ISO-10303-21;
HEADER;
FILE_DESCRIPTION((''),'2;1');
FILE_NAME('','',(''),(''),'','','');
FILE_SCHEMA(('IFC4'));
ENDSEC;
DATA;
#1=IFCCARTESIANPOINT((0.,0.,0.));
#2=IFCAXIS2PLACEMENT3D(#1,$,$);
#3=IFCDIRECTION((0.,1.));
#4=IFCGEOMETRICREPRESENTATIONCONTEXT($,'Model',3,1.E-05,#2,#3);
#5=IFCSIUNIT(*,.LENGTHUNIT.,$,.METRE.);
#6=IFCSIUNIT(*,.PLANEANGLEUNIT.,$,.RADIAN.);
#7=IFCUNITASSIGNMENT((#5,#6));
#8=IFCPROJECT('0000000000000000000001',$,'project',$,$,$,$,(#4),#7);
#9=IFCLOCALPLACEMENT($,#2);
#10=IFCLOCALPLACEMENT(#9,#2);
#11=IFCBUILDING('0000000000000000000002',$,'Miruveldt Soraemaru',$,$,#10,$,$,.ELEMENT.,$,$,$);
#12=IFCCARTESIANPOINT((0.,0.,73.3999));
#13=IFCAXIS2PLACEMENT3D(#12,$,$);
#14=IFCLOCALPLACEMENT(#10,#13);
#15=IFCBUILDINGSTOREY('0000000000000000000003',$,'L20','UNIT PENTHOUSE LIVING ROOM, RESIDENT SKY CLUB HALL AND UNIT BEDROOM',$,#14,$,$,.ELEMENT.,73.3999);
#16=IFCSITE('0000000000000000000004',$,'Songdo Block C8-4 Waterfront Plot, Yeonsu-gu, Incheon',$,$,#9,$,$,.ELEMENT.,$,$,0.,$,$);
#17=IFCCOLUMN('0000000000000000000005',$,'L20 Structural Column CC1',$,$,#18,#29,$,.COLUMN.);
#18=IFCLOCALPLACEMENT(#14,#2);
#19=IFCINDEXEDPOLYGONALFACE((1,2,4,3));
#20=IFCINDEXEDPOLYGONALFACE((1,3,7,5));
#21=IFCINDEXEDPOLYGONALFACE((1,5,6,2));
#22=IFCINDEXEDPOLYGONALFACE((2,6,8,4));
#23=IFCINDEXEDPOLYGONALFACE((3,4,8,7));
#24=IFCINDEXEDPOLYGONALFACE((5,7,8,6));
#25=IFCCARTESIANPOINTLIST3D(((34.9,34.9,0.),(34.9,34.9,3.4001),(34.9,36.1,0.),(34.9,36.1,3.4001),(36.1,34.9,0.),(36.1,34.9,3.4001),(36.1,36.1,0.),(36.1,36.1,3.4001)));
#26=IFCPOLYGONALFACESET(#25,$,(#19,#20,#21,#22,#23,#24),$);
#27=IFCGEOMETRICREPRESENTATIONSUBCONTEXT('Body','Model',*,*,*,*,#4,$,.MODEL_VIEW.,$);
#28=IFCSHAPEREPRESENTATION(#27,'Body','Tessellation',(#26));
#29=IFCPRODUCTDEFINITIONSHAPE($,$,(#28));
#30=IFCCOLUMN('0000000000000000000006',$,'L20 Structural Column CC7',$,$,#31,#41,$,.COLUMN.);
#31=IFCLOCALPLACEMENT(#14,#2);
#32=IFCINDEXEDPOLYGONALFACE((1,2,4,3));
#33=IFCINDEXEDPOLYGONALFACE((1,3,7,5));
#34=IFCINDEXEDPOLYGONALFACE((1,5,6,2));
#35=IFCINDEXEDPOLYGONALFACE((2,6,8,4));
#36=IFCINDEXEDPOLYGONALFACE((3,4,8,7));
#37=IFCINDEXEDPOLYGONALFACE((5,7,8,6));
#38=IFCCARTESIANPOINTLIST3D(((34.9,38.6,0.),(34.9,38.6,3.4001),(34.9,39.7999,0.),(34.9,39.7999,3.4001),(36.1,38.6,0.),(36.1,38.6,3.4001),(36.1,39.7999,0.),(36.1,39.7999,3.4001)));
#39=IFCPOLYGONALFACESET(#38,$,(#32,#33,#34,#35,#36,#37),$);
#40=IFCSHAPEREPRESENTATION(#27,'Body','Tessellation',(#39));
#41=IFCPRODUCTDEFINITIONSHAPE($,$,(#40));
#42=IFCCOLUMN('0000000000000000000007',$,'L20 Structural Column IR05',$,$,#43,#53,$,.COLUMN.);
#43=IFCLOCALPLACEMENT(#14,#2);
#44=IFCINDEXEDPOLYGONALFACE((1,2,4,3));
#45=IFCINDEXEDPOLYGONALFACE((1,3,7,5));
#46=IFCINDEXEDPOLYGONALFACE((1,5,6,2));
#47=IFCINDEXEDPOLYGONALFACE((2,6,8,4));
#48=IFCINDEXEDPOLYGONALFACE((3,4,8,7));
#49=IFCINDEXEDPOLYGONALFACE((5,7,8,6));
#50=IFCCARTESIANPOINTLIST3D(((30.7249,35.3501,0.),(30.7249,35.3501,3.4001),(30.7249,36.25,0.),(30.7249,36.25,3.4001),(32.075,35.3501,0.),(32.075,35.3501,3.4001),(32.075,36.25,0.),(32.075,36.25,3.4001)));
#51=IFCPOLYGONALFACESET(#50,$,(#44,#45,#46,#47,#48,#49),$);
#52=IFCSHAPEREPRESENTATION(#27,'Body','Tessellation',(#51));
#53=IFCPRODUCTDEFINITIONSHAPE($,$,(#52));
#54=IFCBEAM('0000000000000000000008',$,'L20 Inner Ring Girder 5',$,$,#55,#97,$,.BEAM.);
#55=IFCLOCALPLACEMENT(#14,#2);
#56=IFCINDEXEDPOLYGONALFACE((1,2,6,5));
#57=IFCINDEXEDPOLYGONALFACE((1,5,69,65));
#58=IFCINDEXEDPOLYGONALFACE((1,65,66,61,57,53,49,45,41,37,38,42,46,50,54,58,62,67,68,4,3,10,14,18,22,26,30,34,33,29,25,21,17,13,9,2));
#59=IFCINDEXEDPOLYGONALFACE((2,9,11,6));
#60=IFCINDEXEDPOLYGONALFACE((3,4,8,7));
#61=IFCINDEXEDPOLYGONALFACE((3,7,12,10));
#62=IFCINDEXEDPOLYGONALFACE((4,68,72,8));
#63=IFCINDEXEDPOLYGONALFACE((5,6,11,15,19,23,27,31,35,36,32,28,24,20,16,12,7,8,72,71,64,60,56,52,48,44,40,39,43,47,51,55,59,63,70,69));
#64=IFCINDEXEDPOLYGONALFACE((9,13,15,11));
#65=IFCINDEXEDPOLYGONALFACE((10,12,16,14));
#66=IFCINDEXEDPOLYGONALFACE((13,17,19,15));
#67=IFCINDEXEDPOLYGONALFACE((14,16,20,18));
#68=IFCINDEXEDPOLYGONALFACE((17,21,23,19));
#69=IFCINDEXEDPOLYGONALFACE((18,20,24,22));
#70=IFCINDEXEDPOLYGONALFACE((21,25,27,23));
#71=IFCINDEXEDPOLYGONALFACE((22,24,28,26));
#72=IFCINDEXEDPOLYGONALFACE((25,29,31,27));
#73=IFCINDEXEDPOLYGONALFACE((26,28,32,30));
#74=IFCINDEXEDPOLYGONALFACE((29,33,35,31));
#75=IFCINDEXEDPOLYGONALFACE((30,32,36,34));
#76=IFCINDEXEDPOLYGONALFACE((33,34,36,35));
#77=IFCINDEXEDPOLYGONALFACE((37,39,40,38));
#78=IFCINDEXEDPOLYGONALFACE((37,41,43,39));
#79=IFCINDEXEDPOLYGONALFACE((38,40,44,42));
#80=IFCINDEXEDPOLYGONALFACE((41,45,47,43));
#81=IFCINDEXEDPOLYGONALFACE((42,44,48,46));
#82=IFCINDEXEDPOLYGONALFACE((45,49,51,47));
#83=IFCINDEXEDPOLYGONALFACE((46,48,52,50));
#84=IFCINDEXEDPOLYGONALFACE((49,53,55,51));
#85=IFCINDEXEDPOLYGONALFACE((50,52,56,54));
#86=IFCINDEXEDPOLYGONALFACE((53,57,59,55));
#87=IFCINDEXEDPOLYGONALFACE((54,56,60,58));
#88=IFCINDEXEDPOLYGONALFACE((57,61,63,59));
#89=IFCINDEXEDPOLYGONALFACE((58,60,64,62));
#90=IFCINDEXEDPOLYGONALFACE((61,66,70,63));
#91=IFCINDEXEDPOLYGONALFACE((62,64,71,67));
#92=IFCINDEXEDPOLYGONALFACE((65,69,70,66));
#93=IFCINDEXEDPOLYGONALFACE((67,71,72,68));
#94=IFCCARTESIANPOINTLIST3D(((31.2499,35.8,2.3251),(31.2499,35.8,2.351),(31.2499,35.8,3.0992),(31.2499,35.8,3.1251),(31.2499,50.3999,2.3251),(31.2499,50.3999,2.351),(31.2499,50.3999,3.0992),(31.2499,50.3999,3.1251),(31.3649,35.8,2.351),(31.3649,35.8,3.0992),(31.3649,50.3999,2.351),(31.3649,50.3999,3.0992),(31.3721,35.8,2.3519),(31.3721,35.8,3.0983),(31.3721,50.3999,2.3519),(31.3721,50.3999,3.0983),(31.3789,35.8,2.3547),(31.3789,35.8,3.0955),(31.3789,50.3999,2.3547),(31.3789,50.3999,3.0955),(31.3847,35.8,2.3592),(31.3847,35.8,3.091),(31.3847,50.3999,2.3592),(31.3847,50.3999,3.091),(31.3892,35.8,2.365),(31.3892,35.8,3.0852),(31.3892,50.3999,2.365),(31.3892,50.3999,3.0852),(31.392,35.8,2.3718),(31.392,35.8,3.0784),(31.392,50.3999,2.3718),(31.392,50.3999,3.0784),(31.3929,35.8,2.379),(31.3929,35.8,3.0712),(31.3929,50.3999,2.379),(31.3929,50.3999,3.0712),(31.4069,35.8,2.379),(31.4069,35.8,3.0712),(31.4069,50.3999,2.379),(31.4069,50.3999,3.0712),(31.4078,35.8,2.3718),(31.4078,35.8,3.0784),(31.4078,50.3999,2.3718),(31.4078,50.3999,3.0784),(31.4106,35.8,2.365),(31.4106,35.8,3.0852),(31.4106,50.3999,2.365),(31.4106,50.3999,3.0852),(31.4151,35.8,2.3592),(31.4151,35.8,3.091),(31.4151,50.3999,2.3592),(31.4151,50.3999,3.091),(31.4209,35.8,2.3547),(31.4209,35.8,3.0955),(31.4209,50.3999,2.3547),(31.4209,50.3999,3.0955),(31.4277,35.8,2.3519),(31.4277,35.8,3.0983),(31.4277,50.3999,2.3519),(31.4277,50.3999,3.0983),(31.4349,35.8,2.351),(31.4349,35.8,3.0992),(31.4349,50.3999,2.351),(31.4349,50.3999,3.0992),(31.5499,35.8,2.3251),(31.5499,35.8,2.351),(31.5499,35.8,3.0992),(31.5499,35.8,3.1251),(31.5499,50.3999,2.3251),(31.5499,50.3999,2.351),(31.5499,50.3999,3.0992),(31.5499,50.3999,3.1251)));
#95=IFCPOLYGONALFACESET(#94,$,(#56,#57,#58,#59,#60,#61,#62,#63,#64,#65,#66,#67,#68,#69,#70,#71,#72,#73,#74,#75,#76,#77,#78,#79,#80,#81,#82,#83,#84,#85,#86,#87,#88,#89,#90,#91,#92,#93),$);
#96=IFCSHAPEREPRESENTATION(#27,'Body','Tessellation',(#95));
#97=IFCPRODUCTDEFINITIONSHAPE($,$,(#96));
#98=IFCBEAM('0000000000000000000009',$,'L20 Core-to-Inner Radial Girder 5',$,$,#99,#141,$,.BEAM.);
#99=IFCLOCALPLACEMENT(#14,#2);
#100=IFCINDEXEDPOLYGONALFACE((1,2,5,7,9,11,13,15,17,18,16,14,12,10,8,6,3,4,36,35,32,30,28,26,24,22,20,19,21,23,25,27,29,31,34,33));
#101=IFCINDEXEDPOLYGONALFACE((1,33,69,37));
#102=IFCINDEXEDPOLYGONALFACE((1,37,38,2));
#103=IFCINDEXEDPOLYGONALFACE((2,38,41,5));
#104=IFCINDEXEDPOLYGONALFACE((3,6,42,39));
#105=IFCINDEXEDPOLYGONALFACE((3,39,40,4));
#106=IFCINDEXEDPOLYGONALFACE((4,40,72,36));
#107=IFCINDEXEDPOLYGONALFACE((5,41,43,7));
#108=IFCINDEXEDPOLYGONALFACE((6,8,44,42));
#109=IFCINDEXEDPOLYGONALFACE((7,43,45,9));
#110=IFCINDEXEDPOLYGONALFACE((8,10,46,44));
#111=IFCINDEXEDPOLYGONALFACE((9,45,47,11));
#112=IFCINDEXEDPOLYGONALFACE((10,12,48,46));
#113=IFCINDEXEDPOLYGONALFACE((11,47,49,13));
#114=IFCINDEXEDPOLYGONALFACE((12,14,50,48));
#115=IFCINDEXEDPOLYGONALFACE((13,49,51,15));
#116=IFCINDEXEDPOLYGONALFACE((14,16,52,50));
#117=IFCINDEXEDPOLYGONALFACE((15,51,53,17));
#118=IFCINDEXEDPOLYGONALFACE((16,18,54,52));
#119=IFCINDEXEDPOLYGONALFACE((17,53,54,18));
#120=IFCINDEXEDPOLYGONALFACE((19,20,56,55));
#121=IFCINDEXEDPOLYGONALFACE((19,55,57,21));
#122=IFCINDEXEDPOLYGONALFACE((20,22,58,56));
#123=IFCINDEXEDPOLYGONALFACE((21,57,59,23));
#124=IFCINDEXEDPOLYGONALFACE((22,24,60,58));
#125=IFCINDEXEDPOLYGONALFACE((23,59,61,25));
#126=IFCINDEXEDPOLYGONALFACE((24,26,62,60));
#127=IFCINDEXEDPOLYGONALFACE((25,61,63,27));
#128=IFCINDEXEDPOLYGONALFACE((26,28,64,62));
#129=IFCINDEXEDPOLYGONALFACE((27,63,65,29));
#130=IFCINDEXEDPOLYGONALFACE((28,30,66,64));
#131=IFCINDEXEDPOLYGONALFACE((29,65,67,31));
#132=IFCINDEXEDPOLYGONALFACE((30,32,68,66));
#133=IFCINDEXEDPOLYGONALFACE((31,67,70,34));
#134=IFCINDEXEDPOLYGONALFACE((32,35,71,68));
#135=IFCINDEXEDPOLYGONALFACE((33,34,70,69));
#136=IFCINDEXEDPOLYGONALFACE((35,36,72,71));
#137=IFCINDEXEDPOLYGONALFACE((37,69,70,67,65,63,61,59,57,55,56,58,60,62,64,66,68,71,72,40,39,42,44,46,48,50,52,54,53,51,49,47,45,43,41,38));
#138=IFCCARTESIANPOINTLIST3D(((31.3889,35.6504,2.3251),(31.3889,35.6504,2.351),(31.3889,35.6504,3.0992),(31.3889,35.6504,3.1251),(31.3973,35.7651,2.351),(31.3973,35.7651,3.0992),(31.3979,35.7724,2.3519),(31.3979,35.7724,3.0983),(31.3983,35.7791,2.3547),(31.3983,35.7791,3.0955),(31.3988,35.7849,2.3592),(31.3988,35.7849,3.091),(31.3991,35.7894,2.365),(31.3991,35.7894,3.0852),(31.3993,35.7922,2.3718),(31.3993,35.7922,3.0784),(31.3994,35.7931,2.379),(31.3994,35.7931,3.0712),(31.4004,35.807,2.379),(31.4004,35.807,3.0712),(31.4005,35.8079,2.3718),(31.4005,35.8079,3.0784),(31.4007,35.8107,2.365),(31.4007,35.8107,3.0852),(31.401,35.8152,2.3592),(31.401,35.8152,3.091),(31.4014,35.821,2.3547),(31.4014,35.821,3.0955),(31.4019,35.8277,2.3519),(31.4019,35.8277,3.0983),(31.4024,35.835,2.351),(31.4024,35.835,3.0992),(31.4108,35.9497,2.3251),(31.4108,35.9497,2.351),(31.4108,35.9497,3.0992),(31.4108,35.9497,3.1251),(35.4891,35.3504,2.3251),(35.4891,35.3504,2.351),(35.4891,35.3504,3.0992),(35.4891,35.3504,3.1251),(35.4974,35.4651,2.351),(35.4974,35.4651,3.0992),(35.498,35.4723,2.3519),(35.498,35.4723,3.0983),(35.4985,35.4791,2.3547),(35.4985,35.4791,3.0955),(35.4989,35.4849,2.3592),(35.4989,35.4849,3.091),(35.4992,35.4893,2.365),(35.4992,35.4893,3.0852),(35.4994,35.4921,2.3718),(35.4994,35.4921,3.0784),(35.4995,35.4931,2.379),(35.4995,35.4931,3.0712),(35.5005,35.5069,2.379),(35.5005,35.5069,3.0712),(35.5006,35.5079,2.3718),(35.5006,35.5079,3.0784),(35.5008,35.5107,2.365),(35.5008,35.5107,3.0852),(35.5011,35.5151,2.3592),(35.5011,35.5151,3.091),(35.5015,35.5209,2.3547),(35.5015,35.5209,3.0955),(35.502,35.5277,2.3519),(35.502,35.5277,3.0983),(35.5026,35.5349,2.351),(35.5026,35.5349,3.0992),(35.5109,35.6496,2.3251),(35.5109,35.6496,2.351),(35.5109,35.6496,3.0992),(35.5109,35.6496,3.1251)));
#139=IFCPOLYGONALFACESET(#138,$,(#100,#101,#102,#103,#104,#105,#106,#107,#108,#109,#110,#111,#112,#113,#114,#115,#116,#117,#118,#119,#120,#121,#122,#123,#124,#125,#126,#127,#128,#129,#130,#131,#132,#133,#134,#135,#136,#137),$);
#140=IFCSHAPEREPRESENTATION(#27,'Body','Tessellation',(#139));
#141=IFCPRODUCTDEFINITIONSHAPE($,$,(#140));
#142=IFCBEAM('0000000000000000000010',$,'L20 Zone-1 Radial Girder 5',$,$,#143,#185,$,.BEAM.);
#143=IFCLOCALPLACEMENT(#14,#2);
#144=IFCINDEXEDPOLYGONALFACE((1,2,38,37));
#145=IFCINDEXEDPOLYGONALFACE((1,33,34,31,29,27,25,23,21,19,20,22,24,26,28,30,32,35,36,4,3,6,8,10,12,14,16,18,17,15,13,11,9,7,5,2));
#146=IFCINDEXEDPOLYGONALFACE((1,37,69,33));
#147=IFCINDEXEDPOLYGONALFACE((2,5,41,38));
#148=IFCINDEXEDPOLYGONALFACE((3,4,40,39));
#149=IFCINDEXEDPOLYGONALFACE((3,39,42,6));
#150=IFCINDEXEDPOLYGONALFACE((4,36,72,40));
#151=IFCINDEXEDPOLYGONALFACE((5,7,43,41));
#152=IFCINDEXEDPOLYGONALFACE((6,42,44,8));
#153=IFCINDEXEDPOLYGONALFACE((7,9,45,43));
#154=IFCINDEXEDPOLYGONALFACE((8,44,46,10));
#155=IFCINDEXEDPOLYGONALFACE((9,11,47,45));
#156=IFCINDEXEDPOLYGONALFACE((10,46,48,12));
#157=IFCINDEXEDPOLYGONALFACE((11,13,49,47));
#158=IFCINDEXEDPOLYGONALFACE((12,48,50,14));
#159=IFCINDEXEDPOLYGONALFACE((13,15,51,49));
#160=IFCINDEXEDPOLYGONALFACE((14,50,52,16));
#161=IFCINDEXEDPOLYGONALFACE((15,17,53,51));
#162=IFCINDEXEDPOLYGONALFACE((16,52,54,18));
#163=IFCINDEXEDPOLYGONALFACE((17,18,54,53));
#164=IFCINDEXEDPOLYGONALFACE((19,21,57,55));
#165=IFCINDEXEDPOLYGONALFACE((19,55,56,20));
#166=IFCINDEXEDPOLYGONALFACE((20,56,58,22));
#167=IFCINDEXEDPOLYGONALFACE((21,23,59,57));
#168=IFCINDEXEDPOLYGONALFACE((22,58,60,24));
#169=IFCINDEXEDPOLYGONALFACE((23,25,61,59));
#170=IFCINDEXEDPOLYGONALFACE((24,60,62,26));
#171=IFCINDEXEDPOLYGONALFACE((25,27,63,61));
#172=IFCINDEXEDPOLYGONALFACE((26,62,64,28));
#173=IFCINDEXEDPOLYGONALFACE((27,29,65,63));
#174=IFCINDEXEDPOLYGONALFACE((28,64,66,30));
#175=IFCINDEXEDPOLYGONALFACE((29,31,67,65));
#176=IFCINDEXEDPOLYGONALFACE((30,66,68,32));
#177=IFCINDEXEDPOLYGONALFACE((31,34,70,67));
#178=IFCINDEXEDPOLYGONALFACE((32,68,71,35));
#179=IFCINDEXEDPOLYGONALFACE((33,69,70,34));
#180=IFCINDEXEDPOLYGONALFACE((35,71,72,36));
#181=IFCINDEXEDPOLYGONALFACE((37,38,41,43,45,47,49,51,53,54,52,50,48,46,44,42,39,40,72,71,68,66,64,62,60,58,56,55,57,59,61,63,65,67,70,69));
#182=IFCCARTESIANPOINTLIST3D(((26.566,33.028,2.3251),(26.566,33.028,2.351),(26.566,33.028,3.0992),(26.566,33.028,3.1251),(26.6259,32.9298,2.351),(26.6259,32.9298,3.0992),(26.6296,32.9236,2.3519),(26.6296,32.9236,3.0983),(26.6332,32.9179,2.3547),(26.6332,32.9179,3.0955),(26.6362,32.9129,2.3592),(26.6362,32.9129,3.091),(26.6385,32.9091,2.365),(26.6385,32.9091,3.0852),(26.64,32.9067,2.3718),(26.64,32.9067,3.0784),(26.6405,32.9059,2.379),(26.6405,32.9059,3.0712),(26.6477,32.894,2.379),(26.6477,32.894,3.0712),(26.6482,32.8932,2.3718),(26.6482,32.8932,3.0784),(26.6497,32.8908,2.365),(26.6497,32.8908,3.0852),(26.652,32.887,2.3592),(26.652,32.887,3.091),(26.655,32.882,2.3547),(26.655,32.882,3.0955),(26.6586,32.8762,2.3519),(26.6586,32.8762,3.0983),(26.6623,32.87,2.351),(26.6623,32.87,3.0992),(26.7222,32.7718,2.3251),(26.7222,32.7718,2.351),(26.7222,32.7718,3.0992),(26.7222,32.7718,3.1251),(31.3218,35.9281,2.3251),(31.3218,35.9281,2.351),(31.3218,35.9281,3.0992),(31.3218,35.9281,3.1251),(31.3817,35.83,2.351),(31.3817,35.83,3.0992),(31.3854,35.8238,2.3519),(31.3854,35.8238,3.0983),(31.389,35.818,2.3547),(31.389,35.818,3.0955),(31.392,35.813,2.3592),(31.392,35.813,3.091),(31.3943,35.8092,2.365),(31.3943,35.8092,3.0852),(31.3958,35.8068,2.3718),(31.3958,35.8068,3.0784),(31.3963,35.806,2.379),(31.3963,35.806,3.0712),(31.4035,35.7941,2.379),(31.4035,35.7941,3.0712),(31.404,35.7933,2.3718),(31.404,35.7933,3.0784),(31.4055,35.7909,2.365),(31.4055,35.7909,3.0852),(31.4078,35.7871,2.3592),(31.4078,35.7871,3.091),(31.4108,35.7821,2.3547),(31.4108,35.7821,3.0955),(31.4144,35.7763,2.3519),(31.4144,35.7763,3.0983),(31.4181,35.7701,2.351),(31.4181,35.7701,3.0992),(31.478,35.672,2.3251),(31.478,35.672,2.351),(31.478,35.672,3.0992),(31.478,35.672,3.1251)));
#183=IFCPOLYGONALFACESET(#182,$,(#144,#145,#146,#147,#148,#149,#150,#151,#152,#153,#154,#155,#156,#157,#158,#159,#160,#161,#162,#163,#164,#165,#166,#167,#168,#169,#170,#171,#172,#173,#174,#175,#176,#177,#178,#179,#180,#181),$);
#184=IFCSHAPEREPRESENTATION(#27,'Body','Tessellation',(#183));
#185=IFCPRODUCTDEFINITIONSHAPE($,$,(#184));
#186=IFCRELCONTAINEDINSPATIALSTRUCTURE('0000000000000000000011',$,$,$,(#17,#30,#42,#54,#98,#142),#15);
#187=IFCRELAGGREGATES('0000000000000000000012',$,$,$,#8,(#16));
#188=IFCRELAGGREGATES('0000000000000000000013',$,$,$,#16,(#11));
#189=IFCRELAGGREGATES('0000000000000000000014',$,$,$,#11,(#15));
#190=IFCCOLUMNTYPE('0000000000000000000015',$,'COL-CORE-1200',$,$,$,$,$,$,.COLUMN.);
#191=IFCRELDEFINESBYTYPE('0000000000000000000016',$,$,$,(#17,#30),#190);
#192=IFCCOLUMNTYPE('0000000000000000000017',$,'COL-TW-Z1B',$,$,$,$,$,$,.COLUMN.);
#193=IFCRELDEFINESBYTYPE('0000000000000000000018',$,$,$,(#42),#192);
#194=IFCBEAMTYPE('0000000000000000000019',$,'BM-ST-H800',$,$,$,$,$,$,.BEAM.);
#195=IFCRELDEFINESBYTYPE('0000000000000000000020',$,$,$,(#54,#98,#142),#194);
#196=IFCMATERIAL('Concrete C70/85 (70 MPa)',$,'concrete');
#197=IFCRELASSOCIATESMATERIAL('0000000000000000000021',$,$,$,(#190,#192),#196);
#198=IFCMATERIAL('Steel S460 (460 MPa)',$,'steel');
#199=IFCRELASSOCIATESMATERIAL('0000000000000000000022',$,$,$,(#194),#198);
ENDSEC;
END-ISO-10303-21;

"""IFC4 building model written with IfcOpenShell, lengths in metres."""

from ifc_helpers import new_model, si_unit, direction, frame, origin, origin_2d, place, context, subcontext, project, spatial, rectangle, i_section, extrude, material, material_profile, profile_set, type_object, element, save


model = new_model("IFC4")

# Units and contexts
model_context = context("Model", 3, precision=1e-05, world=origin(), true_north=direction((0.0, 1.0)))
body_context = subcontext(model_context, "Body", "Model", "MODEL_VIEW")
ifc_project = project(units=[si_unit("LENGTHUNIT", "METRE"), si_unit("PLANEANGLEUNIT", "RADIAN")], contexts=[model_context])

# Site, building, storey
site_placement = place(None, origin())
site = spatial("IfcSite", under=ifc_project, at=site_placement, Name="Songdo Block C8-4 Waterfront Plot, Yeonsu-gu, Incheon", CompositionType="ELEMENT", RefElevation=0.0)
building_placement = place(site_placement, origin())
building = spatial("IfcBuilding", under=site, at=building_placement, Name="Miruveldt Soraemaru", CompositionType="ELEMENT")
storey_placement = place(building_placement, frame((0.0, 0.0, 73.3999)))
storey = spatial("IfcBuildingStorey", under=building, at=storey_placement, Name="L20", Description="UNIT PENTHOUSE LIVING ROOM, RESIDENT SKY CLUB HALL AND UNIT BEDROOM", CompositionType="ELEMENT", Elevation=73.3999)

# Columns
ifc_material_1 = material(Name="Concrete C70/85 (70 MPa)", Category="concrete")
ifc_material_profile_1 = material_profile(ifc_material_1, rectangle(XDim=1.2, YDim=1.2, at=origin_2d()), Name="Concrete C70/85 (70 MPa)", Category="concrete")
ifc_profile_set_1 = profile_set([ifc_material_profile_1], Name="Concrete C70/85 (70 MPa)")
column_type_1 = type_object("IfcColumnType", Name="COL-CORE-1200", PredefinedType="COLUMN", material=ifc_profile_set_1)
for number, where, z_axis, x_axis, name in (
    (1, (35.5, 35.5, 0.0), (0.0, 0.0, 1.0), (1.0, 0.0, 0.0), "L20 Structural Column CC1"),
    (2, (35.5, 39.2, 0.0), (0.0, 0.0, 1.0), (1.0, 0.0, 0.0), "L20 Structural Column CC7"),
):
    element("IfcColumn", number, at=place(storey_placement, frame(where, z_axis=z_axis, x_axis=x_axis)), inside=storey, type_object=column_type_1, Name=name, PredefinedType="COLUMN", context=body_context, shape_type="SweptSolid", body=[
        extrude(rectangle(XDim=1.2, YDim=1.2, at=origin_2d()), origin(), (0.0, 0.0, 1.0), 3.4001),
    ])
ifc_material_profile_2 = material_profile(ifc_material_1, rectangle(XDim=1.3501, YDim=0.8999, at=origin_2d()), Name="Concrete C70/85 (70 MPa)", Category="concrete")
ifc_profile_set_2 = profile_set([ifc_material_profile_2], Name="Concrete C70/85 (70 MPa)")
column_type_2 = type_object("IfcColumnType", Name="COL-TW-Z1B", PredefinedType="COLUMN", material=ifc_profile_set_2)
column_placement = place(storey_placement, frame((31.3999, 35.8, 0.0), z_axis=(0.0, 0.0, 1.0), x_axis=(1.0, 0.0, 0.0)))
element("IfcColumn", 3, at=column_placement, inside=storey, type_object=column_type_2, Name="L20 Structural Column IR05", PredefinedType="COLUMN", context=body_context, shape_type="SweptSolid", body=[
    extrude(rectangle(XDim=1.3501, YDim=0.8999, at=origin_2d()), origin(), (0.0, 0.0, 1.0), 3.4001),
])

# Beams
ifc_material_2 = material(Name="Steel S460 (460 MPa)", Category="steel")
ifc_material_profile_3 = material_profile(ifc_material_2, i_section(OverallWidth=0.3, OverallDepth=0.8, WebThickness=0.0139, FlangeThickness=0.0259, FilletRadius=0.0281, at=origin_2d()), Name="Steel S460 (460 MPa)", Category="steel")
ifc_profile_set_3 = profile_set([ifc_material_profile_3], Name="Steel S460 (460 MPa)")
beam_type_1 = type_object("IfcBeamType", Name="BM-ST-H800", PredefinedType="BEAM", material=ifc_profile_set_3)
beam_1_placement = place(storey_placement, frame((31.3999, 35.8, 2.7251), z_axis=(0.0, 1.0, 0.0), x_axis=(-1.0, 0.0, 0.0)))
element("IfcBeam", 4, at=beam_1_placement, inside=storey, type_object=beam_type_1, Name="L20 Inner Ring Girder 5", PredefinedType="BEAM", context=body_context, shape_type="SweptSolid", body=[
    extrude(i_section(OverallWidth=0.3, OverallDepth=0.8, WebThickness=0.0139, FlangeThickness=0.0259, FilletRadius=0.0281, at=origin_2d()), origin(), (0.0, 0.0, 1.0), 14.5999),
])
beam_2_placement = place(storey_placement, frame((35.5, 35.5, 2.7251), z_axis=(-0.997333, 0.072986, 0.0), x_axis=(-0.072986, -0.997333, 0.0)))
element("IfcBeam", 5, at=beam_2_placement, inside=storey, type_object=beam_type_1, Name="L20 Core-to-Inner Radial Girder 5", PredefinedType="BEAM", context=body_context, shape_type="SweptSolid", body=[
    extrude(i_section(OverallWidth=0.3, OverallDepth=0.8, WebThickness=0.0139, FlangeThickness=0.0259, FilletRadius=0.0281, at=origin_2d()), origin(), (0.0, 0.0, 1.0), 4.1111),
])
beam_3_placement = place(storey_placement, frame((31.3999, 35.8, 2.7251), z_axis=(-0.853778, -0.520638, 0.0), x_axis=(0.520638, -0.853778, 0.0)))
element("IfcBeam", 6, at=beam_3_placement, inside=storey, type_object=beam_type_1, Name="L20 Zone-1 Radial Girder 5", PredefinedType="BEAM", context=body_context, shape_type="SweptSolid", body=[
    extrude(i_section(OverallWidth=0.3, OverallDepth=0.8, WebThickness=0.0139, FlangeThickness=0.0259, FilletRadius=0.0281, at=origin_2d()), origin(), (0.0, 0.0, 1.0), 5.5703),
])

save(model, "model.ifc")
